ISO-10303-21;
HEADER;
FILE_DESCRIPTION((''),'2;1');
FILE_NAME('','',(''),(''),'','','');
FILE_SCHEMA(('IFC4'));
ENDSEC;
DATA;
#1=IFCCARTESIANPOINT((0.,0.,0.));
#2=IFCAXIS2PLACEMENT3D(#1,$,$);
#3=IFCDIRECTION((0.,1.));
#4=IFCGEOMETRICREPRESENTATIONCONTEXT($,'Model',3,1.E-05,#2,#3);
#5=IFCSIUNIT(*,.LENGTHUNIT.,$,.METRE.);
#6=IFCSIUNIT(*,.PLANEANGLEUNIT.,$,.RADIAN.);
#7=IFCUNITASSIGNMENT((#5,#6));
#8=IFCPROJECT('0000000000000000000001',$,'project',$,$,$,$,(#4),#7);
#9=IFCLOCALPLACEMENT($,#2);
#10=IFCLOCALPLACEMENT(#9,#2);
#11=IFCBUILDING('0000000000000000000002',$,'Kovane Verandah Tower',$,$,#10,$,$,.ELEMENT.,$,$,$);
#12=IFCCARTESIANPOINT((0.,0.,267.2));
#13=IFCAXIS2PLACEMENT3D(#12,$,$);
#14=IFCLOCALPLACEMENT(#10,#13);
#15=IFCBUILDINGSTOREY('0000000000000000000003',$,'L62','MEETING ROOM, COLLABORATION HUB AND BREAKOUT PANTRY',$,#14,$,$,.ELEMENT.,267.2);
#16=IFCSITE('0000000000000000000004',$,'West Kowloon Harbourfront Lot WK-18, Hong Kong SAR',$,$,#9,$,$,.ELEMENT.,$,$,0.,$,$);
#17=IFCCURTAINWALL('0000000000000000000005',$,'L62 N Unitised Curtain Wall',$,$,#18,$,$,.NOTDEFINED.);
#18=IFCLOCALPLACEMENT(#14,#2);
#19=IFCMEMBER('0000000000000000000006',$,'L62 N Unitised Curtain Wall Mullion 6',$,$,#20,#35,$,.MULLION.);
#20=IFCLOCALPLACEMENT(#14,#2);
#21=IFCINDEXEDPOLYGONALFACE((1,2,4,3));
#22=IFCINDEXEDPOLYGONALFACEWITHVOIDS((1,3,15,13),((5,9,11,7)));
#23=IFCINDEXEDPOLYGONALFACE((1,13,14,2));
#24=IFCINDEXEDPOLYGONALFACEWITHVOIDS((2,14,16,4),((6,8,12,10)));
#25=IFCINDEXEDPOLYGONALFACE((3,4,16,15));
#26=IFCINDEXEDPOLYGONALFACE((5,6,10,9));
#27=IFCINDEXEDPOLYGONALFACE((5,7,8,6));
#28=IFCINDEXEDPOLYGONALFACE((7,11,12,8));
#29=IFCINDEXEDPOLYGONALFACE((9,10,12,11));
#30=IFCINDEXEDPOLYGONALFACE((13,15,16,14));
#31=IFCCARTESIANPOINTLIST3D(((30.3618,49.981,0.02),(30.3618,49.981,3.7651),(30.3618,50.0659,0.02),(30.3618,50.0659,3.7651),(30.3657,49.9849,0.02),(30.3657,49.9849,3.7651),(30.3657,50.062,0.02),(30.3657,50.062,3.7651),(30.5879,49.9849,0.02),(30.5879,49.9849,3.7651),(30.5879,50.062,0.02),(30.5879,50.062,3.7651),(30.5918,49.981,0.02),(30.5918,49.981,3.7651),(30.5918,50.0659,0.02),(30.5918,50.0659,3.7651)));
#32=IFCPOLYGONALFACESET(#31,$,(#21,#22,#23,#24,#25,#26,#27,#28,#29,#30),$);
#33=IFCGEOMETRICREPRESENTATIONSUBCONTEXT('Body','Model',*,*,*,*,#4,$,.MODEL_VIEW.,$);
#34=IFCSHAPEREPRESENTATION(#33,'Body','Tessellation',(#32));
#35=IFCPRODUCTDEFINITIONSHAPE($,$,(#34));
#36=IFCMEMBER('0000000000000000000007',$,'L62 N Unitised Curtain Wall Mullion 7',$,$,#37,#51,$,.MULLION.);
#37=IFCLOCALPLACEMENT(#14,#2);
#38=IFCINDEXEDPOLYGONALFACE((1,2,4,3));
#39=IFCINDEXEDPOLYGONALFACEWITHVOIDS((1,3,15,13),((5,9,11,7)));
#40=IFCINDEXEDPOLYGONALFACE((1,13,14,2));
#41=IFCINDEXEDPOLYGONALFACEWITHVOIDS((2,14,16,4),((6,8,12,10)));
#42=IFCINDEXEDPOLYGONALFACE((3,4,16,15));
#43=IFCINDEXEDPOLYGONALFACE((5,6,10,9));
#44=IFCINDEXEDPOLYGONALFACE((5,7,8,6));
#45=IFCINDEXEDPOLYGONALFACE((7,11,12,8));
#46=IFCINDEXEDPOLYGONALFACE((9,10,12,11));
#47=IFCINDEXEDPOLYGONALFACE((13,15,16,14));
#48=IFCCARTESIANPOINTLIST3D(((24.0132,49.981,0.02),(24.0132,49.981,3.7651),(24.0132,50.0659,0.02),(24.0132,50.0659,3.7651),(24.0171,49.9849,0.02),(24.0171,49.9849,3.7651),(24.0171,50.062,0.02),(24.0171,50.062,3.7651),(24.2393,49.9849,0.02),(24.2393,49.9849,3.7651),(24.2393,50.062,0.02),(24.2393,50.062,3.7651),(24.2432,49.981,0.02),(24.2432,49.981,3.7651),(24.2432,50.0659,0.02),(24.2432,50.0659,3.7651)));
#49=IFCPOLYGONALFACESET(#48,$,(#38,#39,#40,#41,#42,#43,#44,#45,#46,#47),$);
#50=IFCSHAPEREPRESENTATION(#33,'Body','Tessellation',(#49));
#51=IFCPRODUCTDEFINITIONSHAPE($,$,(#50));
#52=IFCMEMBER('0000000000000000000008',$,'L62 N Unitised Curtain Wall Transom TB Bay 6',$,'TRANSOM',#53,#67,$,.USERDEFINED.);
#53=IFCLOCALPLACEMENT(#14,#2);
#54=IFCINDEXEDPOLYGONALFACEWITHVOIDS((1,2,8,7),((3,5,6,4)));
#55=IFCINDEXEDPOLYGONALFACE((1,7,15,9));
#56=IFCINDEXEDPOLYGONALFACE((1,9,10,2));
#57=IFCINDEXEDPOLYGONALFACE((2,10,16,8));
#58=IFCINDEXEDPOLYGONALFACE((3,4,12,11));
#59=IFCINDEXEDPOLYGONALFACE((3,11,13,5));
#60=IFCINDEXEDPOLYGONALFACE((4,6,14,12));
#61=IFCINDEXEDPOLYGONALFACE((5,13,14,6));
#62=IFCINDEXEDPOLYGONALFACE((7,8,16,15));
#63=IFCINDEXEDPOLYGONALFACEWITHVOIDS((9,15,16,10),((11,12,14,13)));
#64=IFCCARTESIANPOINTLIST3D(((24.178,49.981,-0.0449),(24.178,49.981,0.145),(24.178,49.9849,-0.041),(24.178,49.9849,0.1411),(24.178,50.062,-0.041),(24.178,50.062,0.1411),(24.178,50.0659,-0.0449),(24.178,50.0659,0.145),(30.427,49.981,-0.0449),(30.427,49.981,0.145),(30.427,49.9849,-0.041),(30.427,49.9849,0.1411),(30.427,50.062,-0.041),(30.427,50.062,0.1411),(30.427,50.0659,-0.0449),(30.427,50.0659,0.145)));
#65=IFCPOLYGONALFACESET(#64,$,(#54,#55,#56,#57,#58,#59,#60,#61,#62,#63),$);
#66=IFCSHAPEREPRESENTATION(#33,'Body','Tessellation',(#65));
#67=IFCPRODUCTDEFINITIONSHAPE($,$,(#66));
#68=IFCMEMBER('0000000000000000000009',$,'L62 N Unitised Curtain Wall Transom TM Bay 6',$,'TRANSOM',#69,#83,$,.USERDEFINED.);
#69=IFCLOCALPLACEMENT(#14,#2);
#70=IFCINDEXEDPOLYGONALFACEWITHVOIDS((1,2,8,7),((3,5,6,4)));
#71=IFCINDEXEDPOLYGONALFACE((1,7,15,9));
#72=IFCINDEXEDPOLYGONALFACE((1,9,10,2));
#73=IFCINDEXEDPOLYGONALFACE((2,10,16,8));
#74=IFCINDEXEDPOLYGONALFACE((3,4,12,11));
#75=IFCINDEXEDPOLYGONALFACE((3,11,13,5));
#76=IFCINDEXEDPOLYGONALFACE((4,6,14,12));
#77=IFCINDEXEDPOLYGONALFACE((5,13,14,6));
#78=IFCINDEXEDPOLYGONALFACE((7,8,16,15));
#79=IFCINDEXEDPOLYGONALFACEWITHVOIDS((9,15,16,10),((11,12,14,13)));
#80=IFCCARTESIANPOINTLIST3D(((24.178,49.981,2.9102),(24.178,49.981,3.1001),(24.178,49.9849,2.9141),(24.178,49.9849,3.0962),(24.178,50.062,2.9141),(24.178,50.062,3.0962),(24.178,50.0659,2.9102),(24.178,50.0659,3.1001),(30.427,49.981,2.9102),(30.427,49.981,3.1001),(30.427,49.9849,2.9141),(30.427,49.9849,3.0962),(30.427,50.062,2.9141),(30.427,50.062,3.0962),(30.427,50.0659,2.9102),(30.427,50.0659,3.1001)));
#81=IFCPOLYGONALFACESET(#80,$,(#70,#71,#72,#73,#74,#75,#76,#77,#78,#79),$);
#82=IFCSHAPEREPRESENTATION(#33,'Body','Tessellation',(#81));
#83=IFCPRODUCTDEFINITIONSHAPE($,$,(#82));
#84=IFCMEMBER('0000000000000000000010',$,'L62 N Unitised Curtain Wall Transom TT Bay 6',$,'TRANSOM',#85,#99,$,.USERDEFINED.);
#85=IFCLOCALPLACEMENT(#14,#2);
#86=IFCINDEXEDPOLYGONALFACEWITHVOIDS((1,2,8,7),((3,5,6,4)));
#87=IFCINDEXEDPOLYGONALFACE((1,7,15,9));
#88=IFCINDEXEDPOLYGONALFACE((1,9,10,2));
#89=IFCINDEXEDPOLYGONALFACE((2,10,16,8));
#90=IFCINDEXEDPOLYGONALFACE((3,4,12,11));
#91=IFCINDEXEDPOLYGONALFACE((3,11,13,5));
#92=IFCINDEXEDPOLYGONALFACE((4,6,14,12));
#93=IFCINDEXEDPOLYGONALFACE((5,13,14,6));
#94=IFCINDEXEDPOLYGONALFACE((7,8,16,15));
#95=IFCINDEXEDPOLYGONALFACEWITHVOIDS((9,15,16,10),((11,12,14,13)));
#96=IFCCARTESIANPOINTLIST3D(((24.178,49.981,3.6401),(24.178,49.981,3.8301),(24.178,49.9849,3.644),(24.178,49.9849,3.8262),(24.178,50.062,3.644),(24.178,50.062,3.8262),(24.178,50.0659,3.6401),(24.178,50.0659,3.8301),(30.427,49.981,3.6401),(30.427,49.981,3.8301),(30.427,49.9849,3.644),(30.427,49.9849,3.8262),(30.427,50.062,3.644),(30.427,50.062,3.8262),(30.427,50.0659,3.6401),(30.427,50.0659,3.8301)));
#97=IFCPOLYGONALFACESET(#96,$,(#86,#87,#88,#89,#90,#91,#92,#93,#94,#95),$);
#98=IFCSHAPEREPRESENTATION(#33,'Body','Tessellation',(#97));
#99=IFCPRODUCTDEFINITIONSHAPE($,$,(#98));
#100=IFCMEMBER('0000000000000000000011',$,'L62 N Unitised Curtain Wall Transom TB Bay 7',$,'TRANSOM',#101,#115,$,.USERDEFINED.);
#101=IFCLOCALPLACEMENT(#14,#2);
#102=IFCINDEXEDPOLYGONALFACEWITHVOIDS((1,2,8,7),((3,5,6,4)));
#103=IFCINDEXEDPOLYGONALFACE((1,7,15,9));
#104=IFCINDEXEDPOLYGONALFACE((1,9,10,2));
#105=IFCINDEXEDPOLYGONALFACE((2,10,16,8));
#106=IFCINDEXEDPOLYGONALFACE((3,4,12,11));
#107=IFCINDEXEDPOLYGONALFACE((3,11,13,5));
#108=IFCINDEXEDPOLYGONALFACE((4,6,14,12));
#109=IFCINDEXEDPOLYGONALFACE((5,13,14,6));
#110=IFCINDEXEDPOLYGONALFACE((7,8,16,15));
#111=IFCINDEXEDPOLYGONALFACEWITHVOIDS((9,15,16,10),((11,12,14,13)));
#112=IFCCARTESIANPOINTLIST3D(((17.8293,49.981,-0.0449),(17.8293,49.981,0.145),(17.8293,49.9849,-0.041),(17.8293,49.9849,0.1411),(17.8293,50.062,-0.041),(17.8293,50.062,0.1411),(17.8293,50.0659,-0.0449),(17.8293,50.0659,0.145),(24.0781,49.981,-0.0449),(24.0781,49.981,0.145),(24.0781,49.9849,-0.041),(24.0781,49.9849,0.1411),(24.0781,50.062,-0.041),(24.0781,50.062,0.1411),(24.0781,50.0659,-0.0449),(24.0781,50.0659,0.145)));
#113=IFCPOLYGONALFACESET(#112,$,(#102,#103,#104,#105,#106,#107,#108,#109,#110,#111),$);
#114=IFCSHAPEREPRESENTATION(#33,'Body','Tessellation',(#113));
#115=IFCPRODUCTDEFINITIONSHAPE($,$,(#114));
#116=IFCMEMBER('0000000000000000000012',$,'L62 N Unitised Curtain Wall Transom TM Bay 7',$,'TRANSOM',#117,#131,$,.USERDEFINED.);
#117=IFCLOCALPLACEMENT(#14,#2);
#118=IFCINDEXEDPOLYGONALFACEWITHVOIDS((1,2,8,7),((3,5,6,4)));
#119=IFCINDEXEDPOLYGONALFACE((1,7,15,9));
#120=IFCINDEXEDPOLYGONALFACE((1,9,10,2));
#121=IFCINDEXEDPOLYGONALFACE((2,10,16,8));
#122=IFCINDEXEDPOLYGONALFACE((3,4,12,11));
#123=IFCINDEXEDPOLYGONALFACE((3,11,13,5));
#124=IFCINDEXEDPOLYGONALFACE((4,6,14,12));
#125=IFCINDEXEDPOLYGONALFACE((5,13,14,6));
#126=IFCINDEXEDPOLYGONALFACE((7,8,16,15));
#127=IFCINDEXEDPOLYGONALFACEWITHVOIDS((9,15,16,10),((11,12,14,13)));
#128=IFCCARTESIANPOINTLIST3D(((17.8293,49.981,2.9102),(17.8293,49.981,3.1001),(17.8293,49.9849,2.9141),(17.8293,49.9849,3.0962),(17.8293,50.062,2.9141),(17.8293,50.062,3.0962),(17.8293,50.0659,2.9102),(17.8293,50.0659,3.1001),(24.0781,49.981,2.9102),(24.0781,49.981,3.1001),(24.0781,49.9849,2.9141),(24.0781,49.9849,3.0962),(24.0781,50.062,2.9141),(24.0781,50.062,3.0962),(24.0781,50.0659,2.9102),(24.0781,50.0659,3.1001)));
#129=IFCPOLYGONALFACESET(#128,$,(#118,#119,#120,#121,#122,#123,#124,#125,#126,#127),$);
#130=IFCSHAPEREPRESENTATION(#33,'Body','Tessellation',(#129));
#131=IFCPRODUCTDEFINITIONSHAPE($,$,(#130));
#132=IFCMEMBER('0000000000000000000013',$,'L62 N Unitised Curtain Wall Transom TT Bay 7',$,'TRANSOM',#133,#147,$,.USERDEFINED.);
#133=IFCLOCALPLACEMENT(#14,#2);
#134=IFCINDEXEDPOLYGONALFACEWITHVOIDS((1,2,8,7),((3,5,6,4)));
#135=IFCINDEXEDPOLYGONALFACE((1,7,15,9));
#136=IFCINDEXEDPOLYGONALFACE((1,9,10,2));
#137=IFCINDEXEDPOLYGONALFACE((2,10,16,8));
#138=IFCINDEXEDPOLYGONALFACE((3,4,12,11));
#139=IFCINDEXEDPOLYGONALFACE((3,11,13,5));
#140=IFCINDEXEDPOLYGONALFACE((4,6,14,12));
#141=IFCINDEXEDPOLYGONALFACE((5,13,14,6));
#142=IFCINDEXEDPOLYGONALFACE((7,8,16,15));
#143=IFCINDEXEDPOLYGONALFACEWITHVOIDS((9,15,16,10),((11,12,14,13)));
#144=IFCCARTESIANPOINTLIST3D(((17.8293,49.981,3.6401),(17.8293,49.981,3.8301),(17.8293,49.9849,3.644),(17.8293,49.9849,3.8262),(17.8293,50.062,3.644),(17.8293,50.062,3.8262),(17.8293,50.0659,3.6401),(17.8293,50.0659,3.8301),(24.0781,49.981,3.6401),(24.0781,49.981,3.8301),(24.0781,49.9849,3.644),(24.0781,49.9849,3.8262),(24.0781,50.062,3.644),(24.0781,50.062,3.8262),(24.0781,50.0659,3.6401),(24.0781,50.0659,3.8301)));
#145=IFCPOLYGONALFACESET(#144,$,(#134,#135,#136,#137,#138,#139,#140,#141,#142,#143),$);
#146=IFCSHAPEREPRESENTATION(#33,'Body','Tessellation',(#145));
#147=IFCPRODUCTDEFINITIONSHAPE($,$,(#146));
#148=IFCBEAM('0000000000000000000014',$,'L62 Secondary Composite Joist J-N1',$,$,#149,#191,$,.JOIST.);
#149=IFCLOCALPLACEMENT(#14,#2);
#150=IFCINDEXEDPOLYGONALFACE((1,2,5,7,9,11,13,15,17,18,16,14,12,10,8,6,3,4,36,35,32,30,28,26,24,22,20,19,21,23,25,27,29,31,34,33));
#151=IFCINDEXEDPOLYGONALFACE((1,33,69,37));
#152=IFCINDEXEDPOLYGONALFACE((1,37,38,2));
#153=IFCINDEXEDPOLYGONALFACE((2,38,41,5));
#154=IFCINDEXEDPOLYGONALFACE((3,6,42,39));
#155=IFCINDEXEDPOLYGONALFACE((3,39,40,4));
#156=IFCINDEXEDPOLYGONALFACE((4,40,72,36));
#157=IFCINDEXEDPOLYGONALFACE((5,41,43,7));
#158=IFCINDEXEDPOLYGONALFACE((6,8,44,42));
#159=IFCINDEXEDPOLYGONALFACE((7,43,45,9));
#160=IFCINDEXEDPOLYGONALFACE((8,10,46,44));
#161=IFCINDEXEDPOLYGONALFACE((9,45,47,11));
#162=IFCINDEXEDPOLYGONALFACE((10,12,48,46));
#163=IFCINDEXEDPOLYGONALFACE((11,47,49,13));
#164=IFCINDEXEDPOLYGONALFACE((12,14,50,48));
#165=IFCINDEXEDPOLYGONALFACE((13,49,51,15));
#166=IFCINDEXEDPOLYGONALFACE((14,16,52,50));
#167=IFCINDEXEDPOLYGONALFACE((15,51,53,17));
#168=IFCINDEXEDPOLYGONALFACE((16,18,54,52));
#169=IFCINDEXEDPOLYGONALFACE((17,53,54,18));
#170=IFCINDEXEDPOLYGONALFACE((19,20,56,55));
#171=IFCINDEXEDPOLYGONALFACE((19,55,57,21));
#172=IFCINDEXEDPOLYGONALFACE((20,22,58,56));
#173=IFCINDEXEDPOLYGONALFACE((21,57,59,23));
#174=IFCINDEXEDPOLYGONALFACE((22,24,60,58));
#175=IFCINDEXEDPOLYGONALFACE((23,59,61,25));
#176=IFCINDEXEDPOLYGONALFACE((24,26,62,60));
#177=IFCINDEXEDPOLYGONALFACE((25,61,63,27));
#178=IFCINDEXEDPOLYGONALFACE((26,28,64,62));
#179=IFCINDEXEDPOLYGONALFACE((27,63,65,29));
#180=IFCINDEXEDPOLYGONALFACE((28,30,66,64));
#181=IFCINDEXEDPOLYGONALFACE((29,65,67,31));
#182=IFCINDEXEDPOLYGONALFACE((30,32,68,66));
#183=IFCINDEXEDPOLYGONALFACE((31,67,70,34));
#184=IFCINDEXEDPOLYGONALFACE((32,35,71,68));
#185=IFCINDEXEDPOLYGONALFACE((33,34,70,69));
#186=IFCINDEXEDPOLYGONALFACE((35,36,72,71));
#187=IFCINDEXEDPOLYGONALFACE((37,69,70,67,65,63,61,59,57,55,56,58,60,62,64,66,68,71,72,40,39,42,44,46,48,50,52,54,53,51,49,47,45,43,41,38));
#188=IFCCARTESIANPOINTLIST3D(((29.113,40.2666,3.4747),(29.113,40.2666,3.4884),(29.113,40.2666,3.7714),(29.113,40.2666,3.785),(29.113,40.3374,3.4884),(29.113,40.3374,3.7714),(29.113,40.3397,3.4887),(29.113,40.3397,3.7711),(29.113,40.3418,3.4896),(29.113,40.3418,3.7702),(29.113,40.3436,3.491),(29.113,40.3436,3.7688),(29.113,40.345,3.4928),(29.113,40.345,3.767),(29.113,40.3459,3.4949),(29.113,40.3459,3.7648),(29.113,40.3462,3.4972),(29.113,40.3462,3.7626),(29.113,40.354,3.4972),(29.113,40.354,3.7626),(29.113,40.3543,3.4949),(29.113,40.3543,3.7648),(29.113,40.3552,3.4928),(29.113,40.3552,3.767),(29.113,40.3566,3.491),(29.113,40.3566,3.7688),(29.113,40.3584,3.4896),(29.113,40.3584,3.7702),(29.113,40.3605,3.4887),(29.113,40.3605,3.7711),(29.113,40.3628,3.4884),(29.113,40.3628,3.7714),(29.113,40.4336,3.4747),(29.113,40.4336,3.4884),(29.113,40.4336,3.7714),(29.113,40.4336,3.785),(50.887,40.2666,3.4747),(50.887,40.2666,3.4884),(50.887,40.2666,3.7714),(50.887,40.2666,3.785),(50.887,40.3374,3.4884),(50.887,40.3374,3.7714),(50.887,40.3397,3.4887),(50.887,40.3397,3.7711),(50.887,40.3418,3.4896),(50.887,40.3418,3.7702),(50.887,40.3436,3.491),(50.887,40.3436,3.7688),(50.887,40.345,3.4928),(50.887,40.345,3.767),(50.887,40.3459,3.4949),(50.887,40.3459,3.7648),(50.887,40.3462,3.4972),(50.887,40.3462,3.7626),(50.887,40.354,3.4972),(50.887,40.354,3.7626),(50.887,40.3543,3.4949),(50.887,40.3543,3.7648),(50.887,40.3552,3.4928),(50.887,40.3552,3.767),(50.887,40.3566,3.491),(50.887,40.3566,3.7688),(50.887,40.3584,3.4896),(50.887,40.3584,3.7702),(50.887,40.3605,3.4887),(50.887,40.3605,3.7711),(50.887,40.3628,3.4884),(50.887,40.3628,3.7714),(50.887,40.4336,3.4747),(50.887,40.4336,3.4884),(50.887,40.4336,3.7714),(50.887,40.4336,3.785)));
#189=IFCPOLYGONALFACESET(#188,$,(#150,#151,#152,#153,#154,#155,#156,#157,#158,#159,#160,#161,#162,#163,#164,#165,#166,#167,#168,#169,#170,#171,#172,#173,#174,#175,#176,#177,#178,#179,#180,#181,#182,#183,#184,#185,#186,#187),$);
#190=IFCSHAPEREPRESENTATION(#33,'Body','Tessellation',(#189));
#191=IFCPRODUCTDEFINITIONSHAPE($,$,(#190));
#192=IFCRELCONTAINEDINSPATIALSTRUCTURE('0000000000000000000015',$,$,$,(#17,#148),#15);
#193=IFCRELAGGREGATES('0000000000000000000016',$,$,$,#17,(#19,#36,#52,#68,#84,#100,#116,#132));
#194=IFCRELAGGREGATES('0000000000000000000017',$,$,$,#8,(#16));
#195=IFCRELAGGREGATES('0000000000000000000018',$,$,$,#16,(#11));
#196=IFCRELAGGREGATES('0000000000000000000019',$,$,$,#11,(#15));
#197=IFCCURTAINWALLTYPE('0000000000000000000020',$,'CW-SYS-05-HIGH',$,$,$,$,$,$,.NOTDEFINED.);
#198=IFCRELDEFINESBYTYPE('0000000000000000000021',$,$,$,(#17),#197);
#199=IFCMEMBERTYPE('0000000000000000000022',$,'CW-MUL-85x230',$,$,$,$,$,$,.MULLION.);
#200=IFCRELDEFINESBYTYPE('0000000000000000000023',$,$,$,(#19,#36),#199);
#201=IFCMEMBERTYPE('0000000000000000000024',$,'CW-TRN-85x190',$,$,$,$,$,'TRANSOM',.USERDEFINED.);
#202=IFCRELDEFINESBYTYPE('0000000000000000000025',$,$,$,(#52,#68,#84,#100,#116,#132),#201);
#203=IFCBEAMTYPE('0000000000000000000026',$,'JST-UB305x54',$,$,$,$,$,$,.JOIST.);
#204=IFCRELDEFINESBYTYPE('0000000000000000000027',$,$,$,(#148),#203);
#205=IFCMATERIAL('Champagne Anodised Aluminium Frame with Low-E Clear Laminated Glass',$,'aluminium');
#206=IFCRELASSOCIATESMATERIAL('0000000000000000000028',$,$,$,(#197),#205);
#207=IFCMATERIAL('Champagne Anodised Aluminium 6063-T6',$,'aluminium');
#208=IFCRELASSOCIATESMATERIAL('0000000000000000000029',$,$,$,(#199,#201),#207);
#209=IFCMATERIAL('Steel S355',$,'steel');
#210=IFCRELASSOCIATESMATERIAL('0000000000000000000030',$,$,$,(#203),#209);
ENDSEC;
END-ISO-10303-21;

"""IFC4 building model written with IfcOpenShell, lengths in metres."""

from ifc_helpers import new_model, si_unit, direction, frame, origin, origin_2d, place, context, subcontext, project, spatial, hollow_rectangle, i_section, extrude, material, material_profile, profile_set, type_object, element, aggregate, save


model = new_model("IFC4")

# Units and contexts
model_context = context("Model", 3, precision=1e-05, world=origin(), true_north=direction((0.0, 1.0)))
body_context = subcontext(model_context, "Body", "Model", "MODEL_VIEW")
ifc_project = project(units=[si_unit("LENGTHUNIT", "METRE"), si_unit("PLANEANGLEUNIT", "RADIAN")], contexts=[model_context])

# Site, building, storey
site_placement = place(None, origin())
site = spatial("IfcSite", under=ifc_project, at=site_placement, Name="West Kowloon Harbourfront Lot WK-18, Hong Kong SAR", CompositionType="ELEMENT", RefElevation=0.0)
building_placement = place(site_placement, origin())
building = spatial("IfcBuilding", under=site, at=building_placement, Name="Kovane Verandah Tower", CompositionType="ELEMENT")
storey_placement = place(building_placement, frame((0.0, 0.0, 267.2)))
storey = spatial("IfcBuildingStorey", under=building, at=storey_placement, Name="L62", Description="MEETING ROOM, COLLABORATION HUB AND BREAKOUT PANTRY", CompositionType="ELEMENT", Elevation=267.2)

# Shared definitions
ifc_material_1 = material(Name="Steel S355", Category="steel")

# Curtain wall, members
ifc_material_2 = material(Name="Champagne Anodised Aluminium Frame with Low-E Clear Laminated Glass", Category="aluminium")
curtain_wall_type = type_object("IfcCurtainWallType", Name="CW-SYS-05-HIGH", PredefinedType="NOTDEFINED", material=ifc_material_2)
curtain_wall_placement = place(storey_placement, origin())
curtain_wall = element("IfcCurtainWall", 1, at=curtain_wall_placement, inside=storey, type_object=curtain_wall_type, Name="L62 N Unitised Curtain Wall", PredefinedType="NOTDEFINED")
ifc_material_3 = material(Name="Champagne Anodised Aluminium 6063-T6", Category="aluminium")
ifc_material_profile_1 = material_profile(ifc_material_3, hollow_rectangle(XDim=0.085, YDim=0.23, WallThickness=0.0039, at=origin_2d()), Name="AL85x230x4")
ifc_profile_set_1 = profile_set([ifc_material_profile_1], Name="Champagne Anodised Aluminium 6063-T6")
member_type_1 = type_object("IfcMemberType", Name="CW-MUL-85x230", PredefinedType="MULLION", material=ifc_profile_set_1)
member_1_placement = place(storey_placement, frame((30.4768, 50.0234, 0.02), z_axis=(0.0, 0.0, 1.0), x_axis=(0.0, 1.0, 0.0)))
member_1 = element("IfcMember", 2, at=member_1_placement, type_object=member_type_1, Name="L62 N Unitised Curtain Wall Mullion 6", PredefinedType="MULLION", context=body_context, shape_type="SweptSolid", body=[
    extrude(hollow_rectangle(XDim=0.085, YDim=0.23, WallThickness=0.0039, at=origin_2d()), origin(), (0.0, 0.0, 1.0), 3.7451),
])
member_2_placement = place(storey_placement, frame((24.1282, 50.0234, 0.02), z_axis=(0.0, 0.0, 1.0), x_axis=(0.0, 1.0, 0.0)))
member_2 = element("IfcMember", 3, at=member_2_placement, type_object=member_type_1, Name="L62 N Unitised Curtain Wall Mullion 7", PredefinedType="MULLION", context=body_context, shape_type="SweptSolid", body=[
    extrude(hollow_rectangle(XDim=0.085, YDim=0.23, WallThickness=0.0039, at=origin_2d()), origin(), (0.0, 0.0, 1.0), 3.7451),
])
ifc_material_profile_2 = material_profile(ifc_material_3, hollow_rectangle(XDim=0.085, YDim=0.1899, WallThickness=0.0039, at=origin_2d()), Name="AL85x190x4")
ifc_profile_set_2 = profile_set([ifc_material_profile_2], Name="Champagne Anodised Aluminium 6063-T6")
member_type_2 = type_object("IfcMemberType", Name="CW-TRN-85x190", ElementType="TRANSOM", PredefinedType="USERDEFINED", material=ifc_profile_set_2)
member_3_placement = place(storey_placement, frame((30.427, 50.0234, 0.05), z_axis=(-1.0, 0.0, 0.0), x_axis=(0.0, -1.0, 0.0)))
member_3 = element("IfcMember", 4, at=member_3_placement, type_object=member_type_2, Name="L62 N Unitised Curtain Wall Transom TB Bay 6", ObjectType="TRANSOM", PredefinedType="USERDEFINED", context=body_context, shape_type="SweptSolid", body=[
    extrude(hollow_rectangle(XDim=0.085, YDim=0.1899, WallThickness=0.0039, at=origin_2d()), origin(), (0.0, 0.0, 1.0), 6.249),
])
member_4_placement = place(storey_placement, frame((30.427, 50.0234, 3.0051), z_axis=(-1.0, 0.0, 0.0), x_axis=(0.0, -1.0, 0.0)))
member_4 = element("IfcMember", 5, at=member_4_placement, type_object=member_type_2, Name="L62 N Unitised Curtain Wall Transom TM Bay 6", ObjectType="TRANSOM", PredefinedType="USERDEFINED", context=body_context, shape_type="SweptSolid", body=[
    extrude(hollow_rectangle(XDim=0.085, YDim=0.1899, WallThickness=0.0039, at=origin_2d()), origin(), (0.0, 0.0, 1.0), 6.249),
])
member_5_placement = place(storey_placement, frame((30.427, 50.0234, 3.7351), z_axis=(-1.0, 0.0, 0.0), x_axis=(0.0, -1.0, 0.0)))
member_5 = element("IfcMember", 6, at=member_5_placement, type_object=member_type_2, Name="L62 N Unitised Curtain Wall Transom TT Bay 6", ObjectType="TRANSOM", PredefinedType="USERDEFINED", context=body_context, shape_type="SweptSolid", body=[
    extrude(hollow_rectangle(XDim=0.085, YDim=0.1899, WallThickness=0.0039, at=origin_2d()), origin(), (0.0, 0.0, 1.0), 6.249),
])
member_6_placement = place(storey_placement, frame((24.0781, 50.0234, 0.05), z_axis=(-1.0, 0.0, 0.0), x_axis=(0.0, -1.0, 0.0)))
member_6 = element("IfcMember", 7, at=member_6_placement, type_object=member_type_2, Name="L62 N Unitised Curtain Wall Transom TB Bay 7", ObjectType="TRANSOM", PredefinedType="USERDEFINED", context=body_context, shape_type="SweptSolid", body=[
    extrude(hollow_rectangle(XDim=0.085, YDim=0.1899, WallThickness=0.0039, at=origin_2d()), origin(), (0.0, 0.0, 1.0), 6.2488),
])
member_7_placement = place(storey_placement, frame((24.0781, 50.0234, 3.0051), z_axis=(-1.0, 0.0, 0.0), x_axis=(0.0, -1.0, 0.0)))
member_7 = element("IfcMember", 8, at=member_7_placement, type_object=member_type_2, Name="L62 N Unitised Curtain Wall Transom TM Bay 7", ObjectType="TRANSOM", PredefinedType="USERDEFINED", context=body_context, shape_type="SweptSolid", body=[
    extrude(hollow_rectangle(XDim=0.085, YDim=0.1899, WallThickness=0.0039, at=origin_2d()), origin(), (0.0, 0.0, 1.0), 6.2488),
])
member_8_placement = place(storey_placement, frame((24.0781, 50.0234, 3.7351), z_axis=(-1.0, 0.0, 0.0), x_axis=(0.0, -1.0, 0.0)))
member_8 = element("IfcMember", 9, at=member_8_placement, type_object=member_type_2, Name="L62 N Unitised Curtain Wall Transom TT Bay 7", ObjectType="TRANSOM", PredefinedType="USERDEFINED", context=body_context, shape_type="SweptSolid", body=[
    extrude(hollow_rectangle(XDim=0.085, YDim=0.1899, WallThickness=0.0039, at=origin_2d()), origin(), (0.0, 0.0, 1.0), 6.2488),
])

# Beam
ifc_material_profile_3 = material_profile(ifc_material_1, i_section(OverallWidth=0.167, OverallDepth=0.3103, WebThickness=0.0078, FlangeThickness=0.0137, FilletRadius=0.0088, at=origin_2d()), Name="UB305x165x54")
ifc_profile_set_3 = profile_set([ifc_material_profile_3], Name="Steel S355")
beam_type_1 = type_object("IfcBeamType", Name="JST-UB305x54", PredefinedType="JOIST", material=ifc_profile_set_3)
beam_1_placement = place(storey_placement, frame((29.113, 40.3501, 3.6299), z_axis=(1.0, 0.0, 0.0), x_axis=(0.0, 1.0, 0.0)))
element("IfcBeam", 10, at=beam_1_placement, inside=storey, type_object=beam_type_1, Name="L62 Secondary Composite Joist J-N1", PredefinedType="JOIST", context=body_context, shape_type="SweptSolid", body=[
    extrude(i_section(OverallWidth=0.167, OverallDepth=0.3103, WebThickness=0.0078, FlangeThickness=0.0137, FilletRadius=0.0088, at=origin_2d()), origin(), (0.0, 0.0, 1.0), 21.7739),
])

aggregate(curtain_wall, [member_1, member_2, member_3, member_4, member_5, member_6, member_7, member_8])

save(model, "model.ifc")
